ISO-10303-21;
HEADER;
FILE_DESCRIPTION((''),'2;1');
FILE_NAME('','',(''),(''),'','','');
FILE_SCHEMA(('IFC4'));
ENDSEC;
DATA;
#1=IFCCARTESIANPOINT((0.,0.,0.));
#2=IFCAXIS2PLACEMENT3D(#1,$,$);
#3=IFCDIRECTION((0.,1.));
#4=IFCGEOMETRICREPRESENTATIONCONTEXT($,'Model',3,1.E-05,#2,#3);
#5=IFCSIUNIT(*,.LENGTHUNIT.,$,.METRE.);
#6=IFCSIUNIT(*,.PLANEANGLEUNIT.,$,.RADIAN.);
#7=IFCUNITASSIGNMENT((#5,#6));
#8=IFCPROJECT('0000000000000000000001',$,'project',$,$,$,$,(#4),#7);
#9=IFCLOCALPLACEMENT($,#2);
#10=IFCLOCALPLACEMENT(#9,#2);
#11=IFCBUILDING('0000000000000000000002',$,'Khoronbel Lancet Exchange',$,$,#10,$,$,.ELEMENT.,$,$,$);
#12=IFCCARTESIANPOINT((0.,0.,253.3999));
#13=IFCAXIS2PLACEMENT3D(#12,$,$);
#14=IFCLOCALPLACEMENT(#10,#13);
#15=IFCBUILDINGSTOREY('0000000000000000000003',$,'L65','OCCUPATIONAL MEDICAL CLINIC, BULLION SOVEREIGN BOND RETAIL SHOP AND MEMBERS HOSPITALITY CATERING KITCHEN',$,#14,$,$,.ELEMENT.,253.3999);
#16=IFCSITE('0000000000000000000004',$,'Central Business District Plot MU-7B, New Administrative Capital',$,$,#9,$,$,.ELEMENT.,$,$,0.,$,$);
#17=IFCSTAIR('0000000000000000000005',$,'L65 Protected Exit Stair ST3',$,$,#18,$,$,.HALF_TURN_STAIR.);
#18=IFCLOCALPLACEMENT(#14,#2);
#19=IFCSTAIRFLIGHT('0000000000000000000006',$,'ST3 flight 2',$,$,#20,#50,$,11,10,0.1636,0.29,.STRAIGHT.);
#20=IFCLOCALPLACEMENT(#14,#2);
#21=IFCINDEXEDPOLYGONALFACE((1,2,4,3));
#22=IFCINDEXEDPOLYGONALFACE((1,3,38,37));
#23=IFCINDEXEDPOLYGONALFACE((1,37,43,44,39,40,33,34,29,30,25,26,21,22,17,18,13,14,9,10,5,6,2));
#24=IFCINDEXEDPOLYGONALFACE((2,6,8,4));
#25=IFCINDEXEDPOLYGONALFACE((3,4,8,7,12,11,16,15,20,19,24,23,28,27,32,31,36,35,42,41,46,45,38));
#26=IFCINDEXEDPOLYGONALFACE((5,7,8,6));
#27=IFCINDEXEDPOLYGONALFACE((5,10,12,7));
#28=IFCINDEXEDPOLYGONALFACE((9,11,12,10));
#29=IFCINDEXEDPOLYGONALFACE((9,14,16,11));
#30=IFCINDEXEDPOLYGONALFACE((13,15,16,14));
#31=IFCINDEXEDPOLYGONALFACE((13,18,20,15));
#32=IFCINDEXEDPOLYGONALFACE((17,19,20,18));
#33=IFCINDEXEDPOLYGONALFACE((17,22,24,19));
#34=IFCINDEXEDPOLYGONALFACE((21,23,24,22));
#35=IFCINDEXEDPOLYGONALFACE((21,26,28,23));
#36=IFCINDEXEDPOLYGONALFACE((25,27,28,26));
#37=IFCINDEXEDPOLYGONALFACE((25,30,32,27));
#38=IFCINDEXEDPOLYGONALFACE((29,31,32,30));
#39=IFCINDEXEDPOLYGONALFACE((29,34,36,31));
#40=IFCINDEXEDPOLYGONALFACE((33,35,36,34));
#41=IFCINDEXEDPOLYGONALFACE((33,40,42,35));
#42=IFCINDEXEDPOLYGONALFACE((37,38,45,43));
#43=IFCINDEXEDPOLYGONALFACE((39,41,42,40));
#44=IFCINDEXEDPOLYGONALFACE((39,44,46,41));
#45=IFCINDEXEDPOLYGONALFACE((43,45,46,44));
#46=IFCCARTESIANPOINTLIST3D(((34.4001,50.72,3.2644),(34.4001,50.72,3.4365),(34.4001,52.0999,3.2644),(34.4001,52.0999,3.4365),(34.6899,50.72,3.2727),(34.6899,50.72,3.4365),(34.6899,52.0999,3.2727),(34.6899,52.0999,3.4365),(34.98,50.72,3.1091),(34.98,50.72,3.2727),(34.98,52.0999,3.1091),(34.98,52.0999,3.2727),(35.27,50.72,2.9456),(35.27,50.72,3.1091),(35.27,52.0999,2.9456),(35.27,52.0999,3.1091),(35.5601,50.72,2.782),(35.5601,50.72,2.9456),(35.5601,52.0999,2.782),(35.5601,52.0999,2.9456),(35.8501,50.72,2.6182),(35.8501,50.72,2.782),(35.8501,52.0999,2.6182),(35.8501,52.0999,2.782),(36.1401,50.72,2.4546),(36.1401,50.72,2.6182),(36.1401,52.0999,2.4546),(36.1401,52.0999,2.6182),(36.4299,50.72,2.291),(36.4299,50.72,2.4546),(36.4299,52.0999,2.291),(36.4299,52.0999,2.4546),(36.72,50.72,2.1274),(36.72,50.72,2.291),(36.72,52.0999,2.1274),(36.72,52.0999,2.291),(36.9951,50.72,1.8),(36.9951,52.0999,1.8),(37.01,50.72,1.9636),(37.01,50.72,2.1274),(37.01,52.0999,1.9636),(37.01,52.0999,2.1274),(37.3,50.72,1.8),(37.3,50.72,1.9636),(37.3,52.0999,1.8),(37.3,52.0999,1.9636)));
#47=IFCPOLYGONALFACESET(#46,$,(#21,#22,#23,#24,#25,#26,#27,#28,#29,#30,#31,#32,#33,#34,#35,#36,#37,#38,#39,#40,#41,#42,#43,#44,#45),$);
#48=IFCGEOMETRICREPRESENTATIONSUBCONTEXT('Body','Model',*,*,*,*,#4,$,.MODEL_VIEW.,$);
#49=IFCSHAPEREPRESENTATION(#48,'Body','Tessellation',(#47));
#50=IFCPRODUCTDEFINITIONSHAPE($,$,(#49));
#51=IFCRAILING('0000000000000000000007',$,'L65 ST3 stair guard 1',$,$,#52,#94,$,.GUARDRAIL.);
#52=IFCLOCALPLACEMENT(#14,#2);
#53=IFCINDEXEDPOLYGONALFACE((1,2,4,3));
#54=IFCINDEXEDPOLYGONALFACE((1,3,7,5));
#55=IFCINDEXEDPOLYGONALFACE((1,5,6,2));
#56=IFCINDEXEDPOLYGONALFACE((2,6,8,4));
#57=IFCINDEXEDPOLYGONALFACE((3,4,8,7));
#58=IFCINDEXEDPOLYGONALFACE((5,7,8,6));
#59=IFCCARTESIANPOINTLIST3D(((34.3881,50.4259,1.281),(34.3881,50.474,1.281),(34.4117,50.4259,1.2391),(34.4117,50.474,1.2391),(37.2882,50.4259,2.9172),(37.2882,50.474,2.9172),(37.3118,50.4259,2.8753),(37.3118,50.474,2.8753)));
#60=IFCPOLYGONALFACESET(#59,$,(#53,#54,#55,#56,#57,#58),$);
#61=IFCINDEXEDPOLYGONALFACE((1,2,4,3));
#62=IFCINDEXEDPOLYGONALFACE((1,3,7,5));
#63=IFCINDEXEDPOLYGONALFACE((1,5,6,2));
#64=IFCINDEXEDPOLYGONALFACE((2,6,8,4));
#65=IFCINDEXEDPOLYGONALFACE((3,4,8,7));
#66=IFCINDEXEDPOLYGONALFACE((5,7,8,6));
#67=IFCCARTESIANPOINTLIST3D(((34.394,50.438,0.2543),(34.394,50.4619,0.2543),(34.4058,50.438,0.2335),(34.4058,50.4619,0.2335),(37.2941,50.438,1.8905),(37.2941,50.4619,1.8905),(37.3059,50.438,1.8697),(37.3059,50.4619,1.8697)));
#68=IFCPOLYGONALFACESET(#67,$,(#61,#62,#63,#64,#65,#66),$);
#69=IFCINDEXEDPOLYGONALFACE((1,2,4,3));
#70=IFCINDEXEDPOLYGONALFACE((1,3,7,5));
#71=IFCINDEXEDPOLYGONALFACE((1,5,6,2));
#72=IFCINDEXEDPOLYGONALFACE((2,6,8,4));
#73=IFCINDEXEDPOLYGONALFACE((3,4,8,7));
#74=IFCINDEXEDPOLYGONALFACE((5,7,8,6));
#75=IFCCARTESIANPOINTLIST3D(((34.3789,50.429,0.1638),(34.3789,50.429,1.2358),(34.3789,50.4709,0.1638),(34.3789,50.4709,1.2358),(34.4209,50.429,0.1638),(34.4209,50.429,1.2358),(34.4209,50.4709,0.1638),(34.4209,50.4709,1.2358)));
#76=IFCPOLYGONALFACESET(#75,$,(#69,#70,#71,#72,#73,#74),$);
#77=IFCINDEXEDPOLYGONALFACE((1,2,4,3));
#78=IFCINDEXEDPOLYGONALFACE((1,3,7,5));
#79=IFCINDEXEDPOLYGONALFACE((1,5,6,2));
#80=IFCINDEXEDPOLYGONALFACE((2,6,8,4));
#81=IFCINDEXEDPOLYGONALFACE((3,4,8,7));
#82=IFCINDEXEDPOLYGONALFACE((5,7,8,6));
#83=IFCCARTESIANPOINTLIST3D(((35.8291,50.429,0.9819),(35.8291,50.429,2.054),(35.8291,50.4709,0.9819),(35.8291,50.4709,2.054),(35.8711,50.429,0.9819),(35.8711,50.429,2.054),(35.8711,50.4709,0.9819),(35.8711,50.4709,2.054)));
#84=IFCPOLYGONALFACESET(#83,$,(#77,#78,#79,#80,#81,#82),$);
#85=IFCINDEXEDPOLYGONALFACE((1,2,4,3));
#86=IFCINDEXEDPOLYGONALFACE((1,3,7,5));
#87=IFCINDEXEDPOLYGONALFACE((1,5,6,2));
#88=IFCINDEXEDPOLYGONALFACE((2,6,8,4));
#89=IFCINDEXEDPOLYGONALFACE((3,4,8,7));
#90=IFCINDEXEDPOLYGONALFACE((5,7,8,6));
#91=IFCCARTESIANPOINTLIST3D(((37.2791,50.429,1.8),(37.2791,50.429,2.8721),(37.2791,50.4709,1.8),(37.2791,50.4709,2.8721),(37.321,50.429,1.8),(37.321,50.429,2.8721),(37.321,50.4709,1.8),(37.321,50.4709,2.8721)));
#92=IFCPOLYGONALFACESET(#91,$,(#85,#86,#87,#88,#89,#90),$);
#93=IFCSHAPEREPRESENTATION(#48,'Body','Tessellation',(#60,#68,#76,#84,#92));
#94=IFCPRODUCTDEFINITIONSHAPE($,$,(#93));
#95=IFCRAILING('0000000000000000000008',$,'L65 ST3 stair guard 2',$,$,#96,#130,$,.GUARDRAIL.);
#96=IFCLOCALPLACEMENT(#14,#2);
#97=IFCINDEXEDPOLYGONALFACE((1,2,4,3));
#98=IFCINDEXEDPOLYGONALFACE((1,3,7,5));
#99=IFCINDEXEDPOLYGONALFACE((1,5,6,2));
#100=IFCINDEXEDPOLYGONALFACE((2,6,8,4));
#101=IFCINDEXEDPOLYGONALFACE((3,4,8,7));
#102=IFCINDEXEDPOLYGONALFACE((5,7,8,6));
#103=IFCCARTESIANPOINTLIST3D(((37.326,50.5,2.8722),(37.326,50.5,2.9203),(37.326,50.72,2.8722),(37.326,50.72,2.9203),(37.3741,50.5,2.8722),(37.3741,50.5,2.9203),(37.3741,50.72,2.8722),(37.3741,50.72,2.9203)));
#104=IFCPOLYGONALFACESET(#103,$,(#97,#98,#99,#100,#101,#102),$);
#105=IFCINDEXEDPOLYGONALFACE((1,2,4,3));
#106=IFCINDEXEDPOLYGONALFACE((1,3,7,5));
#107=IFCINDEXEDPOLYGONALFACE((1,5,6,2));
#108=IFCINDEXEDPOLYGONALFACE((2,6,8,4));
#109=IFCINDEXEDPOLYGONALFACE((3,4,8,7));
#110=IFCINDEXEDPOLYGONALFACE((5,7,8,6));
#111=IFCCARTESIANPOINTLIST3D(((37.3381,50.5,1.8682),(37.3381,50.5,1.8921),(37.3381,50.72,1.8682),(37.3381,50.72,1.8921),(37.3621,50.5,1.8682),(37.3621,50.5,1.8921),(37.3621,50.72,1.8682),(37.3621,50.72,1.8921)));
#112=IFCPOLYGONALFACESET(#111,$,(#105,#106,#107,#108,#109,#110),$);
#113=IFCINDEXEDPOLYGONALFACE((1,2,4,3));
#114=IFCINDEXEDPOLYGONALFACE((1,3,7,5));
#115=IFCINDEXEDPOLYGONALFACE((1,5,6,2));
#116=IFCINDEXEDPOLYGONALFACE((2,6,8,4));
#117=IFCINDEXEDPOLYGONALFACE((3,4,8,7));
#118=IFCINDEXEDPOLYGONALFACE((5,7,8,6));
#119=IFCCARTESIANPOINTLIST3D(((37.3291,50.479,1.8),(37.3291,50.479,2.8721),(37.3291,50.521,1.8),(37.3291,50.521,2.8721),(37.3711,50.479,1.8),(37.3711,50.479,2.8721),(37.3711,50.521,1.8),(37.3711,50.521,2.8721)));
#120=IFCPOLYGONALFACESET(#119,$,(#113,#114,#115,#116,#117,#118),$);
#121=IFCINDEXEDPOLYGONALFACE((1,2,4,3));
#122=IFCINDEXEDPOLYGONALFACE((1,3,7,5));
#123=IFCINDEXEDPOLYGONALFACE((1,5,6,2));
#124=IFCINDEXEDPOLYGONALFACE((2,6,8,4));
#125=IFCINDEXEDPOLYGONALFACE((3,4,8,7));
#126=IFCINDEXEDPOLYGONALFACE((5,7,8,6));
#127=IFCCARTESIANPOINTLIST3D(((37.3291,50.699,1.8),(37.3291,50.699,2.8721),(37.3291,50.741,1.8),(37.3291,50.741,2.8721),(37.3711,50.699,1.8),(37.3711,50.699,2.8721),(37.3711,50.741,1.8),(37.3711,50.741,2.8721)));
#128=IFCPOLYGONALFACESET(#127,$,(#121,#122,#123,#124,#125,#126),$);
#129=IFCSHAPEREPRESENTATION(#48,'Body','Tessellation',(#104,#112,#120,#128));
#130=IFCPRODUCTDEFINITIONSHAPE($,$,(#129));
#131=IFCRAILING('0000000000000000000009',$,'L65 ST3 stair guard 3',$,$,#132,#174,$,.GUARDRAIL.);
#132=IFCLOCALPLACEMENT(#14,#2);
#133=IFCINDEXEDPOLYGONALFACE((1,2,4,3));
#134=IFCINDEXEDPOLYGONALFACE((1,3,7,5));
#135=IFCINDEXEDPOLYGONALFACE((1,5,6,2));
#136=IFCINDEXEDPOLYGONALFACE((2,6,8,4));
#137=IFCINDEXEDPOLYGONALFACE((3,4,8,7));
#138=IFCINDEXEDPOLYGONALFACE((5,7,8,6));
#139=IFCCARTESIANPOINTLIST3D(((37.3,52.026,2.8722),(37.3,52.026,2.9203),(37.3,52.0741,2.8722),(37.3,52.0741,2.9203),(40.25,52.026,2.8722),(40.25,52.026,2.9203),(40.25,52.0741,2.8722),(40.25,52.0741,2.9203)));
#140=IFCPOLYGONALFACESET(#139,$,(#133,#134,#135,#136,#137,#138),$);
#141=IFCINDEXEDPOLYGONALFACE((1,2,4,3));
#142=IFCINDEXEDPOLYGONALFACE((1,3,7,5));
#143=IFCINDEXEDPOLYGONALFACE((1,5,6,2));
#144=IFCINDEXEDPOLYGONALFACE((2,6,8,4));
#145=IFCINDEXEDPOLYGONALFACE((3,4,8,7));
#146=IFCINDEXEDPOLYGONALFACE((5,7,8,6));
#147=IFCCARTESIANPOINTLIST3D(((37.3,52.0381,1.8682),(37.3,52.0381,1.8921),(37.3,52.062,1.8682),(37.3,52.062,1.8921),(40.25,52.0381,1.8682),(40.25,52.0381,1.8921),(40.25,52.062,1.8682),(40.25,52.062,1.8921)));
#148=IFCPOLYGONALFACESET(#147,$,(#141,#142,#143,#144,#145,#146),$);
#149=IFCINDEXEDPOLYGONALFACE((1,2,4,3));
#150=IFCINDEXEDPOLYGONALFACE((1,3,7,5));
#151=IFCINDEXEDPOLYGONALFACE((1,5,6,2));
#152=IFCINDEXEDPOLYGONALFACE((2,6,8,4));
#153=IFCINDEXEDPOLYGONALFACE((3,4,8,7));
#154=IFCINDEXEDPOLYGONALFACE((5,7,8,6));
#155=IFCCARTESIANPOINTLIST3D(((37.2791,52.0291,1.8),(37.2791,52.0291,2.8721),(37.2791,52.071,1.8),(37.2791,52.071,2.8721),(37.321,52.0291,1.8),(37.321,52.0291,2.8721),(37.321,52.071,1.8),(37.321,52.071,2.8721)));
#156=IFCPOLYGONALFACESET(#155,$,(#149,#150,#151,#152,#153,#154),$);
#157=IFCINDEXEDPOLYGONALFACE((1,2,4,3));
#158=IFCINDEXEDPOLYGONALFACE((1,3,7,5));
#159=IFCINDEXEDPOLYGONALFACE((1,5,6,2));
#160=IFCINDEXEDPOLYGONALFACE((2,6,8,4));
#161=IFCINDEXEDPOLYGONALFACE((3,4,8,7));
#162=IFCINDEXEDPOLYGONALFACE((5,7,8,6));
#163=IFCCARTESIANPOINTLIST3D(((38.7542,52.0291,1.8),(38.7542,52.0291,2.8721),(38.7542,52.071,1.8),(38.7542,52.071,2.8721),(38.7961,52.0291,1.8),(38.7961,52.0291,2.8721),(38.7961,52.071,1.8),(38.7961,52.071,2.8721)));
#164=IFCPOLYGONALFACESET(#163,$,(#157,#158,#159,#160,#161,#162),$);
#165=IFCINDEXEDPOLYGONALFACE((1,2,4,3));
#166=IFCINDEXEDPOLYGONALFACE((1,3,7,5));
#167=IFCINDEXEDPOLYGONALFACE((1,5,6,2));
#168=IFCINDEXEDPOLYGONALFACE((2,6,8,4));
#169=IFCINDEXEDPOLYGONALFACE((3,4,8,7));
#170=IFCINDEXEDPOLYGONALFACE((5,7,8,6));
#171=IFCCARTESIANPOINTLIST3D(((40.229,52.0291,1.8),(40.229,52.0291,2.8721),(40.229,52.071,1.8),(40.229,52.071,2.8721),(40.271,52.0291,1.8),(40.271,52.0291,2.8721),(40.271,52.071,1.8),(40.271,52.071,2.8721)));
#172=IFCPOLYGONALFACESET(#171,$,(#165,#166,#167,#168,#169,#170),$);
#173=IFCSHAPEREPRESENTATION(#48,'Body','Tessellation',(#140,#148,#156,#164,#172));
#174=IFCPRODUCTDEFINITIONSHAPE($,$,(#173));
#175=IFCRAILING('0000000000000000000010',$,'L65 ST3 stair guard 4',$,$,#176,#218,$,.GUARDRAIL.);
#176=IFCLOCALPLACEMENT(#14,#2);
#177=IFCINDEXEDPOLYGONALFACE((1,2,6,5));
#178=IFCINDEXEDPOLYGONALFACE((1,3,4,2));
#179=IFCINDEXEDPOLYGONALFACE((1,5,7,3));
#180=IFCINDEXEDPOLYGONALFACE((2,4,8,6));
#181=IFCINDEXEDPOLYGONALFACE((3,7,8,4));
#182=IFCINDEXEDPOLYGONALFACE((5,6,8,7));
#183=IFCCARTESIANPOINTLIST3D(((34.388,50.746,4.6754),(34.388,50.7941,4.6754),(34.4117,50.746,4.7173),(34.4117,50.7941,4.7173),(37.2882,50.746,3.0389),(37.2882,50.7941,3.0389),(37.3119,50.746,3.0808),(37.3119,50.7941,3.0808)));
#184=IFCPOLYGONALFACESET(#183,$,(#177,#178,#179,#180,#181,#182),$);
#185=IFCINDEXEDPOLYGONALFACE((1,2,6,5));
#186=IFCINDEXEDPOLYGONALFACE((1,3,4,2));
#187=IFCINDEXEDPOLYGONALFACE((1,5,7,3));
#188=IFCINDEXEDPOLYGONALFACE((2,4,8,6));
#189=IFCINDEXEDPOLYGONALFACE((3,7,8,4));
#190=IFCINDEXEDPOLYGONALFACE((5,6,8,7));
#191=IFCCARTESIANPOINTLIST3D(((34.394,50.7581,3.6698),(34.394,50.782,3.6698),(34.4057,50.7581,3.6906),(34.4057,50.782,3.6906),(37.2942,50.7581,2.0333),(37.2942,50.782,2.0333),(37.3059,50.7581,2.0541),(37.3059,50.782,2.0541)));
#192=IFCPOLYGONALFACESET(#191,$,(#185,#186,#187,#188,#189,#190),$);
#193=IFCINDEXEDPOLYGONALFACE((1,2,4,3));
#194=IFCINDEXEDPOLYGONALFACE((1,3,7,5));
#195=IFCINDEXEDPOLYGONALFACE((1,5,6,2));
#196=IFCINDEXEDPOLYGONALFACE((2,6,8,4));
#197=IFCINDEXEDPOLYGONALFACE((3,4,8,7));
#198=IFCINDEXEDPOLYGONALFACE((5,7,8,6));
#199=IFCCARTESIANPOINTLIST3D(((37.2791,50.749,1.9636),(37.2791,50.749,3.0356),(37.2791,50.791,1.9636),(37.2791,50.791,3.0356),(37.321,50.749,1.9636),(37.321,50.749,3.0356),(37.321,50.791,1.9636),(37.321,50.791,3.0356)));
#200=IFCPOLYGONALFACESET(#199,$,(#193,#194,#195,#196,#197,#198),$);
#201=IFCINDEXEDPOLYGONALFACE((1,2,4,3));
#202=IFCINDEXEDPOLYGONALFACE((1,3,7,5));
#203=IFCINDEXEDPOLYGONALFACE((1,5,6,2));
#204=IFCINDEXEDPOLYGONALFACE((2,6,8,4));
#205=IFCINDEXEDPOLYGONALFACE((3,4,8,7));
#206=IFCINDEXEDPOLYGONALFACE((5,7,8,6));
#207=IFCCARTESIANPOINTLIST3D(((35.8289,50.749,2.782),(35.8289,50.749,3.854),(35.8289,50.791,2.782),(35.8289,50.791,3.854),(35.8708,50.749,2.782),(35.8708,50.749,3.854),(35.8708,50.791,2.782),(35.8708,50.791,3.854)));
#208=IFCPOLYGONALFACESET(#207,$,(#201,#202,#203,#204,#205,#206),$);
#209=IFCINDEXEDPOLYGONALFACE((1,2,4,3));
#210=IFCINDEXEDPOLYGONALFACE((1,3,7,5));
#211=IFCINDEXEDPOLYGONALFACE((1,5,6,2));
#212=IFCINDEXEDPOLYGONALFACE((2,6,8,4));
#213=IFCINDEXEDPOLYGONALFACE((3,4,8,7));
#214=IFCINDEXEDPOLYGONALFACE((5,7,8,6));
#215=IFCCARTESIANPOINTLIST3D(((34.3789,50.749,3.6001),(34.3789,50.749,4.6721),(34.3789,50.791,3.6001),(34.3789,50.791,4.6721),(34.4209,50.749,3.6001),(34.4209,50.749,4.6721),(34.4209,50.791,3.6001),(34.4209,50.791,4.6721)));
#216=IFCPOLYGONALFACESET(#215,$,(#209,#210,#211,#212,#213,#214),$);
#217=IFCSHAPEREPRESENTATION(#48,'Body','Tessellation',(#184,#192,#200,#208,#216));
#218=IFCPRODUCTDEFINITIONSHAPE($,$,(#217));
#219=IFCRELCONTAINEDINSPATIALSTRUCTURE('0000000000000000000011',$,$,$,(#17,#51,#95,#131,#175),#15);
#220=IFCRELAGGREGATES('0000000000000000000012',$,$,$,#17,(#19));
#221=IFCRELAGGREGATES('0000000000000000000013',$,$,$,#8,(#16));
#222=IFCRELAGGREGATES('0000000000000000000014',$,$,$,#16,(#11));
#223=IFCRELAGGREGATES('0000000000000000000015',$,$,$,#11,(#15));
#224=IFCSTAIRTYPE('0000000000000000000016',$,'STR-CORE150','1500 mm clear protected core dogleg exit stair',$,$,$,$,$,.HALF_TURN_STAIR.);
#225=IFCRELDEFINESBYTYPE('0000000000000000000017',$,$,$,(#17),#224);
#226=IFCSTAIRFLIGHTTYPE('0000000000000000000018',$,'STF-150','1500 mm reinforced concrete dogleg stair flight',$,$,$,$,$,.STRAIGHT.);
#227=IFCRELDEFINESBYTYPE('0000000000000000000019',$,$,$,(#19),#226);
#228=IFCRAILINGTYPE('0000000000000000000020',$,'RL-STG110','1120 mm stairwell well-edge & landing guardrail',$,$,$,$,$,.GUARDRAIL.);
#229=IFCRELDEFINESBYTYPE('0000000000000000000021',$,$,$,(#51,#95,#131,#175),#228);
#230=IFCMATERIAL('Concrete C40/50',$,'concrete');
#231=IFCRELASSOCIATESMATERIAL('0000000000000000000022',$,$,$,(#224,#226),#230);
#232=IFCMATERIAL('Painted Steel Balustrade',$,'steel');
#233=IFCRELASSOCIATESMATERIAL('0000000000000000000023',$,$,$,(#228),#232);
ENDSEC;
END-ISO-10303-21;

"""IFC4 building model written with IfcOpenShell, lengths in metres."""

from ifc_helpers import new_model, si_unit, direction, frame, origin, origin_2d, place, context, subcontext, project, spatial, polyline, rectangle, outline, extrude, material, type_object, element, aggregate, save


model = new_model("IFC4")

# Units and contexts
model_context = context("Model", 3, precision=1e-05, world=origin(), true_north=direction((0.0, 1.0)))
body_context = subcontext(model_context, "Body", "Model", "MODEL_VIEW")
ifc_project = project(units=[si_unit("LENGTHUNIT", "METRE"), si_unit("PLANEANGLEUNIT", "RADIAN")], contexts=[model_context])

# Site, building, storey
site_placement = place(None, origin())
site = spatial("IfcSite", under=ifc_project, at=site_placement, Name="Central Business District Plot MU-7B, New Administrative Capital", CompositionType="ELEMENT", RefElevation=0.0)
building_placement = place(site_placement, origin())
building = spatial("IfcBuilding", under=site, at=building_placement, Name="Khoronbel Lancet Exchange", CompositionType="ELEMENT")
storey_placement = place(building_placement, frame((0.0, 0.0, 253.3999)))
storey = spatial("IfcBuildingStorey", under=building, at=storey_placement, Name="L65", Description="OCCUPATIONAL MEDICAL CLINIC, BULLION SOVEREIGN BOND RETAIL SHOP AND MEMBERS HOSPITALITY CATERING KITCHEN", CompositionType="ELEMENT", Elevation=253.3999)

# Stair, stair flight
ifc_material_1 = material(Name="Concrete C40/50", Category="concrete")
stair_type = type_object("IfcStairType", Name="STR-CORE150", Description="1500 mm clear protected core dogleg exit stair", PredefinedType="HALF_TURN_STAIR", material=ifc_material_1)
stair_placement = place(storey_placement, origin())
stair = element("IfcStair", 1, at=stair_placement, inside=storey, type_object=stair_type, Name="L65 Protected Exit Stair ST3", PredefinedType="HALF_TURN_STAIR")
stair_flight_type = type_object("IfcStairFlightType", Name="STF-150", Description="1500 mm reinforced concrete dogleg stair flight", PredefinedType="STRAIGHT", material=ifc_material_1)
stair_flight_1_placement = place(storey_placement, frame((37.3, 51.4099, 1.8), z_axis=(0.0, 0.0, 1.0), x_axis=(-1.0, 0.0, 0.0)))
stair_flight_1 = element("IfcStairFlight", 2, at=stair_flight_1_placement, type_object=stair_flight_type, Name="ST3 flight 2", NumberOfRisers=11, NumberOfTreads=10, PredefinedType="STRAIGHT", RiserHeight=0.1636, TreadLength=0.29, context=body_context, shape_type="SweptSolid", body=[
    extrude(outline(polyline([(0.0, 0.0), (0.0, 0.1636), (0.29, 0.1636), (0.29, 0.3274), (0.5801, 0.3274), (0.5801, 0.491), (0.8701, 0.491), (0.8701, 0.6545), (1.1599, 0.6545), (1.1599, 0.8181), (1.45, 0.8181), (1.45, 0.9819), (1.74, 0.9819), (1.74, 1.1455), (2.03, 1.1455), (2.03, 1.3091), (2.3201, 1.3091), (2.3201, 1.4727), (2.6101, 1.4727), (2.6101, 1.6365), (2.8999, 1.6365), (2.8999, 1.8), (2.8999, 1.4644), (0.3049, 0.0), (0.0, 0.0)])), frame((0.0, 0.6899, 0.0), z_axis=(0.0, -1.0, 0.0), x_axis=(1.0, 0.0, 0.0)), (0.0, 0.0, 1.0), 1.3799),
])
aggregate(stair, [stair_flight_1])

# Railings
ifc_material_2 = material(Name="Painted Steel Balustrade", Category="steel")
railing_type_1 = type_object("IfcRailingType", Name="RL-STG110", Description="1120 mm stairwell well-edge & landing guardrail", PredefinedType="GUARDRAIL", material=ifc_material_2)
railing_1_placement = place(storey_placement, frame((34.3999, 50.45, 0.1638)))
element("IfcRailing", 3, at=railing_1_placement, inside=storey, type_object=railing_type_1, Name="L65 ST3 stair guard 1", PredefinedType="GUARDRAIL", context=body_context, shape_type="SweptSolid", body=[
    extrude(rectangle(XDim=0.0481, YDim=0.0481, at=origin_2d()), frame((0.0, 0.0, 1.0962), z_axis=(0.870946, 0.0, 0.491378), x_axis=(0.0, 1.0, 0.0)), (0.0, 0.0, 1.0), 3.3298),
    extrude(rectangle(XDim=0.0239, YDim=0.0239, at=origin_2d()), frame((0.0, 0.0, 0.0801), z_axis=(0.870946, 0.0, 0.491378), x_axis=(0.0, 1.0, 0.0)), (0.0, 0.0, 1.0), 3.3298),
    extrude(rectangle(XDim=0.042, YDim=0.042, at=origin_2d()), origin(), (0.0, 0.0, 1.0), 1.072),
    extrude(rectangle(XDim=0.042, YDim=0.042, at=origin_2d()), frame((1.4502, 0.0, 0.8181)), (0.0, 0.0, 1.0), 1.072),
    extrude(rectangle(XDim=0.042, YDim=0.042, at=origin_2d()), frame((2.9001, 0.0, 1.6362)), (0.0, 0.0, 1.0), 1.072),
])
railing_2_placement = place(storey_placement, frame((37.3501, 50.5, 1.8)))
element("IfcRailing", 4, at=railing_2_placement, inside=storey, type_object=railing_type_1, Name="L65 ST3 stair guard 2", PredefinedType="GUARDRAIL", context=body_context, shape_type="SweptSolid", body=[
    extrude(rectangle(XDim=0.0481, YDim=0.0481, at=origin_2d()), frame((0.0, 0.0, 1.0962), z_axis=(0.0, 1.0, 0.0), x_axis=(-1.0, 0.0, 0.0)), (0.0, 0.0, 1.0), 0.22),
    extrude(rectangle(XDim=0.0239, YDim=0.0239, at=origin_2d()), frame((0.0, 0.0, 0.0801), z_axis=(0.0, 1.0, 0.0), x_axis=(-1.0, 0.0, 0.0)), (0.0, 0.0, 1.0), 0.22),
    extrude(rectangle(XDim=0.042, YDim=0.042, at=origin_2d()), origin(), (0.0, 0.0, 1.0), 1.072),
    extrude(rectangle(XDim=0.042, YDim=0.042, at=origin_2d()), frame((0.0, 0.22, 0.0)), (0.0, 0.0, 1.0), 1.072),
])
railing_3_placement = place(storey_placement, frame((37.3, 52.05, 1.8)))
element("IfcRailing", 5, at=railing_3_placement, inside=storey, type_object=railing_type_1, Name="L65 ST3 stair guard 3", PredefinedType="GUARDRAIL", context=body_context, shape_type="SweptSolid", body=[
    extrude(rectangle(XDim=0.0481, YDim=0.0481, at=origin_2d()), frame((0.0, 0.0, 1.0962), z_axis=(1.0, 0.0, 0.0), x_axis=(0.0, 1.0, 0.0)), (0.0, 0.0, 1.0), 2.95),
    extrude(rectangle(XDim=0.0239, YDim=0.0239, at=origin_2d()), frame((0.0, 0.0, 0.0801), z_axis=(1.0, 0.0, 0.0), x_axis=(0.0, 1.0, 0.0)), (0.0, 0.0, 1.0), 2.95),
    extrude(rectangle(XDim=0.042, YDim=0.042, at=origin_2d()), origin(), (0.0, 0.0, 1.0), 1.072),
    extrude(rectangle(XDim=0.042, YDim=0.042, at=origin_2d()), frame((1.4751, 0.0, 0.0)), (0.0, 0.0, 1.0), 1.072),
    extrude(rectangle(XDim=0.042, YDim=0.042, at=origin_2d()), frame((2.95, 0.0, 0.0)), (0.0, 0.0, 1.0), 1.072),
])
railing_4_placement = place(storey_placement, frame((37.3, 50.77, 1.9636)))
element("IfcRailing", 6, at=railing_4_placement, inside=storey, type_object=railing_type_1, Name="L65 ST3 stair guard 4", PredefinedType="GUARDRAIL", context=body_context, shape_type="SweptSolid", body=[
    extrude(rectangle(XDim=0.0481, YDim=0.0481, at=origin_2d()), frame((0.0, 0.0, 1.0962), z_axis=(-0.870915, 0.0, 0.491434), x_axis=(0.0, -1.0, 0.0)), (0.0, 0.0, 1.0), 3.3301),
    extrude(rectangle(XDim=0.0239, YDim=0.0239, at=origin_2d()), frame((0.0, 0.0, 0.0801), z_axis=(-0.870915, 0.0, 0.491434), x_axis=(0.0, -1.0, 0.0)), (0.0, 0.0, 1.0), 3.3301),
    extrude(rectangle(XDim=0.042, YDim=0.042, at=origin_2d()), origin(), (0.0, 0.0, 1.0), 1.072),
    extrude(rectangle(XDim=0.042, YDim=0.042, at=origin_2d()), frame((-1.4502, 0.0, 0.8184)), (0.0, 0.0, 1.0), 1.072),
    extrude(rectangle(XDim=0.042, YDim=0.042, at=origin_2d()), frame((-2.9001, 0.0, 1.6365)), (0.0, 0.0, 1.0), 1.072),
])

save(model, "model.ifc")
